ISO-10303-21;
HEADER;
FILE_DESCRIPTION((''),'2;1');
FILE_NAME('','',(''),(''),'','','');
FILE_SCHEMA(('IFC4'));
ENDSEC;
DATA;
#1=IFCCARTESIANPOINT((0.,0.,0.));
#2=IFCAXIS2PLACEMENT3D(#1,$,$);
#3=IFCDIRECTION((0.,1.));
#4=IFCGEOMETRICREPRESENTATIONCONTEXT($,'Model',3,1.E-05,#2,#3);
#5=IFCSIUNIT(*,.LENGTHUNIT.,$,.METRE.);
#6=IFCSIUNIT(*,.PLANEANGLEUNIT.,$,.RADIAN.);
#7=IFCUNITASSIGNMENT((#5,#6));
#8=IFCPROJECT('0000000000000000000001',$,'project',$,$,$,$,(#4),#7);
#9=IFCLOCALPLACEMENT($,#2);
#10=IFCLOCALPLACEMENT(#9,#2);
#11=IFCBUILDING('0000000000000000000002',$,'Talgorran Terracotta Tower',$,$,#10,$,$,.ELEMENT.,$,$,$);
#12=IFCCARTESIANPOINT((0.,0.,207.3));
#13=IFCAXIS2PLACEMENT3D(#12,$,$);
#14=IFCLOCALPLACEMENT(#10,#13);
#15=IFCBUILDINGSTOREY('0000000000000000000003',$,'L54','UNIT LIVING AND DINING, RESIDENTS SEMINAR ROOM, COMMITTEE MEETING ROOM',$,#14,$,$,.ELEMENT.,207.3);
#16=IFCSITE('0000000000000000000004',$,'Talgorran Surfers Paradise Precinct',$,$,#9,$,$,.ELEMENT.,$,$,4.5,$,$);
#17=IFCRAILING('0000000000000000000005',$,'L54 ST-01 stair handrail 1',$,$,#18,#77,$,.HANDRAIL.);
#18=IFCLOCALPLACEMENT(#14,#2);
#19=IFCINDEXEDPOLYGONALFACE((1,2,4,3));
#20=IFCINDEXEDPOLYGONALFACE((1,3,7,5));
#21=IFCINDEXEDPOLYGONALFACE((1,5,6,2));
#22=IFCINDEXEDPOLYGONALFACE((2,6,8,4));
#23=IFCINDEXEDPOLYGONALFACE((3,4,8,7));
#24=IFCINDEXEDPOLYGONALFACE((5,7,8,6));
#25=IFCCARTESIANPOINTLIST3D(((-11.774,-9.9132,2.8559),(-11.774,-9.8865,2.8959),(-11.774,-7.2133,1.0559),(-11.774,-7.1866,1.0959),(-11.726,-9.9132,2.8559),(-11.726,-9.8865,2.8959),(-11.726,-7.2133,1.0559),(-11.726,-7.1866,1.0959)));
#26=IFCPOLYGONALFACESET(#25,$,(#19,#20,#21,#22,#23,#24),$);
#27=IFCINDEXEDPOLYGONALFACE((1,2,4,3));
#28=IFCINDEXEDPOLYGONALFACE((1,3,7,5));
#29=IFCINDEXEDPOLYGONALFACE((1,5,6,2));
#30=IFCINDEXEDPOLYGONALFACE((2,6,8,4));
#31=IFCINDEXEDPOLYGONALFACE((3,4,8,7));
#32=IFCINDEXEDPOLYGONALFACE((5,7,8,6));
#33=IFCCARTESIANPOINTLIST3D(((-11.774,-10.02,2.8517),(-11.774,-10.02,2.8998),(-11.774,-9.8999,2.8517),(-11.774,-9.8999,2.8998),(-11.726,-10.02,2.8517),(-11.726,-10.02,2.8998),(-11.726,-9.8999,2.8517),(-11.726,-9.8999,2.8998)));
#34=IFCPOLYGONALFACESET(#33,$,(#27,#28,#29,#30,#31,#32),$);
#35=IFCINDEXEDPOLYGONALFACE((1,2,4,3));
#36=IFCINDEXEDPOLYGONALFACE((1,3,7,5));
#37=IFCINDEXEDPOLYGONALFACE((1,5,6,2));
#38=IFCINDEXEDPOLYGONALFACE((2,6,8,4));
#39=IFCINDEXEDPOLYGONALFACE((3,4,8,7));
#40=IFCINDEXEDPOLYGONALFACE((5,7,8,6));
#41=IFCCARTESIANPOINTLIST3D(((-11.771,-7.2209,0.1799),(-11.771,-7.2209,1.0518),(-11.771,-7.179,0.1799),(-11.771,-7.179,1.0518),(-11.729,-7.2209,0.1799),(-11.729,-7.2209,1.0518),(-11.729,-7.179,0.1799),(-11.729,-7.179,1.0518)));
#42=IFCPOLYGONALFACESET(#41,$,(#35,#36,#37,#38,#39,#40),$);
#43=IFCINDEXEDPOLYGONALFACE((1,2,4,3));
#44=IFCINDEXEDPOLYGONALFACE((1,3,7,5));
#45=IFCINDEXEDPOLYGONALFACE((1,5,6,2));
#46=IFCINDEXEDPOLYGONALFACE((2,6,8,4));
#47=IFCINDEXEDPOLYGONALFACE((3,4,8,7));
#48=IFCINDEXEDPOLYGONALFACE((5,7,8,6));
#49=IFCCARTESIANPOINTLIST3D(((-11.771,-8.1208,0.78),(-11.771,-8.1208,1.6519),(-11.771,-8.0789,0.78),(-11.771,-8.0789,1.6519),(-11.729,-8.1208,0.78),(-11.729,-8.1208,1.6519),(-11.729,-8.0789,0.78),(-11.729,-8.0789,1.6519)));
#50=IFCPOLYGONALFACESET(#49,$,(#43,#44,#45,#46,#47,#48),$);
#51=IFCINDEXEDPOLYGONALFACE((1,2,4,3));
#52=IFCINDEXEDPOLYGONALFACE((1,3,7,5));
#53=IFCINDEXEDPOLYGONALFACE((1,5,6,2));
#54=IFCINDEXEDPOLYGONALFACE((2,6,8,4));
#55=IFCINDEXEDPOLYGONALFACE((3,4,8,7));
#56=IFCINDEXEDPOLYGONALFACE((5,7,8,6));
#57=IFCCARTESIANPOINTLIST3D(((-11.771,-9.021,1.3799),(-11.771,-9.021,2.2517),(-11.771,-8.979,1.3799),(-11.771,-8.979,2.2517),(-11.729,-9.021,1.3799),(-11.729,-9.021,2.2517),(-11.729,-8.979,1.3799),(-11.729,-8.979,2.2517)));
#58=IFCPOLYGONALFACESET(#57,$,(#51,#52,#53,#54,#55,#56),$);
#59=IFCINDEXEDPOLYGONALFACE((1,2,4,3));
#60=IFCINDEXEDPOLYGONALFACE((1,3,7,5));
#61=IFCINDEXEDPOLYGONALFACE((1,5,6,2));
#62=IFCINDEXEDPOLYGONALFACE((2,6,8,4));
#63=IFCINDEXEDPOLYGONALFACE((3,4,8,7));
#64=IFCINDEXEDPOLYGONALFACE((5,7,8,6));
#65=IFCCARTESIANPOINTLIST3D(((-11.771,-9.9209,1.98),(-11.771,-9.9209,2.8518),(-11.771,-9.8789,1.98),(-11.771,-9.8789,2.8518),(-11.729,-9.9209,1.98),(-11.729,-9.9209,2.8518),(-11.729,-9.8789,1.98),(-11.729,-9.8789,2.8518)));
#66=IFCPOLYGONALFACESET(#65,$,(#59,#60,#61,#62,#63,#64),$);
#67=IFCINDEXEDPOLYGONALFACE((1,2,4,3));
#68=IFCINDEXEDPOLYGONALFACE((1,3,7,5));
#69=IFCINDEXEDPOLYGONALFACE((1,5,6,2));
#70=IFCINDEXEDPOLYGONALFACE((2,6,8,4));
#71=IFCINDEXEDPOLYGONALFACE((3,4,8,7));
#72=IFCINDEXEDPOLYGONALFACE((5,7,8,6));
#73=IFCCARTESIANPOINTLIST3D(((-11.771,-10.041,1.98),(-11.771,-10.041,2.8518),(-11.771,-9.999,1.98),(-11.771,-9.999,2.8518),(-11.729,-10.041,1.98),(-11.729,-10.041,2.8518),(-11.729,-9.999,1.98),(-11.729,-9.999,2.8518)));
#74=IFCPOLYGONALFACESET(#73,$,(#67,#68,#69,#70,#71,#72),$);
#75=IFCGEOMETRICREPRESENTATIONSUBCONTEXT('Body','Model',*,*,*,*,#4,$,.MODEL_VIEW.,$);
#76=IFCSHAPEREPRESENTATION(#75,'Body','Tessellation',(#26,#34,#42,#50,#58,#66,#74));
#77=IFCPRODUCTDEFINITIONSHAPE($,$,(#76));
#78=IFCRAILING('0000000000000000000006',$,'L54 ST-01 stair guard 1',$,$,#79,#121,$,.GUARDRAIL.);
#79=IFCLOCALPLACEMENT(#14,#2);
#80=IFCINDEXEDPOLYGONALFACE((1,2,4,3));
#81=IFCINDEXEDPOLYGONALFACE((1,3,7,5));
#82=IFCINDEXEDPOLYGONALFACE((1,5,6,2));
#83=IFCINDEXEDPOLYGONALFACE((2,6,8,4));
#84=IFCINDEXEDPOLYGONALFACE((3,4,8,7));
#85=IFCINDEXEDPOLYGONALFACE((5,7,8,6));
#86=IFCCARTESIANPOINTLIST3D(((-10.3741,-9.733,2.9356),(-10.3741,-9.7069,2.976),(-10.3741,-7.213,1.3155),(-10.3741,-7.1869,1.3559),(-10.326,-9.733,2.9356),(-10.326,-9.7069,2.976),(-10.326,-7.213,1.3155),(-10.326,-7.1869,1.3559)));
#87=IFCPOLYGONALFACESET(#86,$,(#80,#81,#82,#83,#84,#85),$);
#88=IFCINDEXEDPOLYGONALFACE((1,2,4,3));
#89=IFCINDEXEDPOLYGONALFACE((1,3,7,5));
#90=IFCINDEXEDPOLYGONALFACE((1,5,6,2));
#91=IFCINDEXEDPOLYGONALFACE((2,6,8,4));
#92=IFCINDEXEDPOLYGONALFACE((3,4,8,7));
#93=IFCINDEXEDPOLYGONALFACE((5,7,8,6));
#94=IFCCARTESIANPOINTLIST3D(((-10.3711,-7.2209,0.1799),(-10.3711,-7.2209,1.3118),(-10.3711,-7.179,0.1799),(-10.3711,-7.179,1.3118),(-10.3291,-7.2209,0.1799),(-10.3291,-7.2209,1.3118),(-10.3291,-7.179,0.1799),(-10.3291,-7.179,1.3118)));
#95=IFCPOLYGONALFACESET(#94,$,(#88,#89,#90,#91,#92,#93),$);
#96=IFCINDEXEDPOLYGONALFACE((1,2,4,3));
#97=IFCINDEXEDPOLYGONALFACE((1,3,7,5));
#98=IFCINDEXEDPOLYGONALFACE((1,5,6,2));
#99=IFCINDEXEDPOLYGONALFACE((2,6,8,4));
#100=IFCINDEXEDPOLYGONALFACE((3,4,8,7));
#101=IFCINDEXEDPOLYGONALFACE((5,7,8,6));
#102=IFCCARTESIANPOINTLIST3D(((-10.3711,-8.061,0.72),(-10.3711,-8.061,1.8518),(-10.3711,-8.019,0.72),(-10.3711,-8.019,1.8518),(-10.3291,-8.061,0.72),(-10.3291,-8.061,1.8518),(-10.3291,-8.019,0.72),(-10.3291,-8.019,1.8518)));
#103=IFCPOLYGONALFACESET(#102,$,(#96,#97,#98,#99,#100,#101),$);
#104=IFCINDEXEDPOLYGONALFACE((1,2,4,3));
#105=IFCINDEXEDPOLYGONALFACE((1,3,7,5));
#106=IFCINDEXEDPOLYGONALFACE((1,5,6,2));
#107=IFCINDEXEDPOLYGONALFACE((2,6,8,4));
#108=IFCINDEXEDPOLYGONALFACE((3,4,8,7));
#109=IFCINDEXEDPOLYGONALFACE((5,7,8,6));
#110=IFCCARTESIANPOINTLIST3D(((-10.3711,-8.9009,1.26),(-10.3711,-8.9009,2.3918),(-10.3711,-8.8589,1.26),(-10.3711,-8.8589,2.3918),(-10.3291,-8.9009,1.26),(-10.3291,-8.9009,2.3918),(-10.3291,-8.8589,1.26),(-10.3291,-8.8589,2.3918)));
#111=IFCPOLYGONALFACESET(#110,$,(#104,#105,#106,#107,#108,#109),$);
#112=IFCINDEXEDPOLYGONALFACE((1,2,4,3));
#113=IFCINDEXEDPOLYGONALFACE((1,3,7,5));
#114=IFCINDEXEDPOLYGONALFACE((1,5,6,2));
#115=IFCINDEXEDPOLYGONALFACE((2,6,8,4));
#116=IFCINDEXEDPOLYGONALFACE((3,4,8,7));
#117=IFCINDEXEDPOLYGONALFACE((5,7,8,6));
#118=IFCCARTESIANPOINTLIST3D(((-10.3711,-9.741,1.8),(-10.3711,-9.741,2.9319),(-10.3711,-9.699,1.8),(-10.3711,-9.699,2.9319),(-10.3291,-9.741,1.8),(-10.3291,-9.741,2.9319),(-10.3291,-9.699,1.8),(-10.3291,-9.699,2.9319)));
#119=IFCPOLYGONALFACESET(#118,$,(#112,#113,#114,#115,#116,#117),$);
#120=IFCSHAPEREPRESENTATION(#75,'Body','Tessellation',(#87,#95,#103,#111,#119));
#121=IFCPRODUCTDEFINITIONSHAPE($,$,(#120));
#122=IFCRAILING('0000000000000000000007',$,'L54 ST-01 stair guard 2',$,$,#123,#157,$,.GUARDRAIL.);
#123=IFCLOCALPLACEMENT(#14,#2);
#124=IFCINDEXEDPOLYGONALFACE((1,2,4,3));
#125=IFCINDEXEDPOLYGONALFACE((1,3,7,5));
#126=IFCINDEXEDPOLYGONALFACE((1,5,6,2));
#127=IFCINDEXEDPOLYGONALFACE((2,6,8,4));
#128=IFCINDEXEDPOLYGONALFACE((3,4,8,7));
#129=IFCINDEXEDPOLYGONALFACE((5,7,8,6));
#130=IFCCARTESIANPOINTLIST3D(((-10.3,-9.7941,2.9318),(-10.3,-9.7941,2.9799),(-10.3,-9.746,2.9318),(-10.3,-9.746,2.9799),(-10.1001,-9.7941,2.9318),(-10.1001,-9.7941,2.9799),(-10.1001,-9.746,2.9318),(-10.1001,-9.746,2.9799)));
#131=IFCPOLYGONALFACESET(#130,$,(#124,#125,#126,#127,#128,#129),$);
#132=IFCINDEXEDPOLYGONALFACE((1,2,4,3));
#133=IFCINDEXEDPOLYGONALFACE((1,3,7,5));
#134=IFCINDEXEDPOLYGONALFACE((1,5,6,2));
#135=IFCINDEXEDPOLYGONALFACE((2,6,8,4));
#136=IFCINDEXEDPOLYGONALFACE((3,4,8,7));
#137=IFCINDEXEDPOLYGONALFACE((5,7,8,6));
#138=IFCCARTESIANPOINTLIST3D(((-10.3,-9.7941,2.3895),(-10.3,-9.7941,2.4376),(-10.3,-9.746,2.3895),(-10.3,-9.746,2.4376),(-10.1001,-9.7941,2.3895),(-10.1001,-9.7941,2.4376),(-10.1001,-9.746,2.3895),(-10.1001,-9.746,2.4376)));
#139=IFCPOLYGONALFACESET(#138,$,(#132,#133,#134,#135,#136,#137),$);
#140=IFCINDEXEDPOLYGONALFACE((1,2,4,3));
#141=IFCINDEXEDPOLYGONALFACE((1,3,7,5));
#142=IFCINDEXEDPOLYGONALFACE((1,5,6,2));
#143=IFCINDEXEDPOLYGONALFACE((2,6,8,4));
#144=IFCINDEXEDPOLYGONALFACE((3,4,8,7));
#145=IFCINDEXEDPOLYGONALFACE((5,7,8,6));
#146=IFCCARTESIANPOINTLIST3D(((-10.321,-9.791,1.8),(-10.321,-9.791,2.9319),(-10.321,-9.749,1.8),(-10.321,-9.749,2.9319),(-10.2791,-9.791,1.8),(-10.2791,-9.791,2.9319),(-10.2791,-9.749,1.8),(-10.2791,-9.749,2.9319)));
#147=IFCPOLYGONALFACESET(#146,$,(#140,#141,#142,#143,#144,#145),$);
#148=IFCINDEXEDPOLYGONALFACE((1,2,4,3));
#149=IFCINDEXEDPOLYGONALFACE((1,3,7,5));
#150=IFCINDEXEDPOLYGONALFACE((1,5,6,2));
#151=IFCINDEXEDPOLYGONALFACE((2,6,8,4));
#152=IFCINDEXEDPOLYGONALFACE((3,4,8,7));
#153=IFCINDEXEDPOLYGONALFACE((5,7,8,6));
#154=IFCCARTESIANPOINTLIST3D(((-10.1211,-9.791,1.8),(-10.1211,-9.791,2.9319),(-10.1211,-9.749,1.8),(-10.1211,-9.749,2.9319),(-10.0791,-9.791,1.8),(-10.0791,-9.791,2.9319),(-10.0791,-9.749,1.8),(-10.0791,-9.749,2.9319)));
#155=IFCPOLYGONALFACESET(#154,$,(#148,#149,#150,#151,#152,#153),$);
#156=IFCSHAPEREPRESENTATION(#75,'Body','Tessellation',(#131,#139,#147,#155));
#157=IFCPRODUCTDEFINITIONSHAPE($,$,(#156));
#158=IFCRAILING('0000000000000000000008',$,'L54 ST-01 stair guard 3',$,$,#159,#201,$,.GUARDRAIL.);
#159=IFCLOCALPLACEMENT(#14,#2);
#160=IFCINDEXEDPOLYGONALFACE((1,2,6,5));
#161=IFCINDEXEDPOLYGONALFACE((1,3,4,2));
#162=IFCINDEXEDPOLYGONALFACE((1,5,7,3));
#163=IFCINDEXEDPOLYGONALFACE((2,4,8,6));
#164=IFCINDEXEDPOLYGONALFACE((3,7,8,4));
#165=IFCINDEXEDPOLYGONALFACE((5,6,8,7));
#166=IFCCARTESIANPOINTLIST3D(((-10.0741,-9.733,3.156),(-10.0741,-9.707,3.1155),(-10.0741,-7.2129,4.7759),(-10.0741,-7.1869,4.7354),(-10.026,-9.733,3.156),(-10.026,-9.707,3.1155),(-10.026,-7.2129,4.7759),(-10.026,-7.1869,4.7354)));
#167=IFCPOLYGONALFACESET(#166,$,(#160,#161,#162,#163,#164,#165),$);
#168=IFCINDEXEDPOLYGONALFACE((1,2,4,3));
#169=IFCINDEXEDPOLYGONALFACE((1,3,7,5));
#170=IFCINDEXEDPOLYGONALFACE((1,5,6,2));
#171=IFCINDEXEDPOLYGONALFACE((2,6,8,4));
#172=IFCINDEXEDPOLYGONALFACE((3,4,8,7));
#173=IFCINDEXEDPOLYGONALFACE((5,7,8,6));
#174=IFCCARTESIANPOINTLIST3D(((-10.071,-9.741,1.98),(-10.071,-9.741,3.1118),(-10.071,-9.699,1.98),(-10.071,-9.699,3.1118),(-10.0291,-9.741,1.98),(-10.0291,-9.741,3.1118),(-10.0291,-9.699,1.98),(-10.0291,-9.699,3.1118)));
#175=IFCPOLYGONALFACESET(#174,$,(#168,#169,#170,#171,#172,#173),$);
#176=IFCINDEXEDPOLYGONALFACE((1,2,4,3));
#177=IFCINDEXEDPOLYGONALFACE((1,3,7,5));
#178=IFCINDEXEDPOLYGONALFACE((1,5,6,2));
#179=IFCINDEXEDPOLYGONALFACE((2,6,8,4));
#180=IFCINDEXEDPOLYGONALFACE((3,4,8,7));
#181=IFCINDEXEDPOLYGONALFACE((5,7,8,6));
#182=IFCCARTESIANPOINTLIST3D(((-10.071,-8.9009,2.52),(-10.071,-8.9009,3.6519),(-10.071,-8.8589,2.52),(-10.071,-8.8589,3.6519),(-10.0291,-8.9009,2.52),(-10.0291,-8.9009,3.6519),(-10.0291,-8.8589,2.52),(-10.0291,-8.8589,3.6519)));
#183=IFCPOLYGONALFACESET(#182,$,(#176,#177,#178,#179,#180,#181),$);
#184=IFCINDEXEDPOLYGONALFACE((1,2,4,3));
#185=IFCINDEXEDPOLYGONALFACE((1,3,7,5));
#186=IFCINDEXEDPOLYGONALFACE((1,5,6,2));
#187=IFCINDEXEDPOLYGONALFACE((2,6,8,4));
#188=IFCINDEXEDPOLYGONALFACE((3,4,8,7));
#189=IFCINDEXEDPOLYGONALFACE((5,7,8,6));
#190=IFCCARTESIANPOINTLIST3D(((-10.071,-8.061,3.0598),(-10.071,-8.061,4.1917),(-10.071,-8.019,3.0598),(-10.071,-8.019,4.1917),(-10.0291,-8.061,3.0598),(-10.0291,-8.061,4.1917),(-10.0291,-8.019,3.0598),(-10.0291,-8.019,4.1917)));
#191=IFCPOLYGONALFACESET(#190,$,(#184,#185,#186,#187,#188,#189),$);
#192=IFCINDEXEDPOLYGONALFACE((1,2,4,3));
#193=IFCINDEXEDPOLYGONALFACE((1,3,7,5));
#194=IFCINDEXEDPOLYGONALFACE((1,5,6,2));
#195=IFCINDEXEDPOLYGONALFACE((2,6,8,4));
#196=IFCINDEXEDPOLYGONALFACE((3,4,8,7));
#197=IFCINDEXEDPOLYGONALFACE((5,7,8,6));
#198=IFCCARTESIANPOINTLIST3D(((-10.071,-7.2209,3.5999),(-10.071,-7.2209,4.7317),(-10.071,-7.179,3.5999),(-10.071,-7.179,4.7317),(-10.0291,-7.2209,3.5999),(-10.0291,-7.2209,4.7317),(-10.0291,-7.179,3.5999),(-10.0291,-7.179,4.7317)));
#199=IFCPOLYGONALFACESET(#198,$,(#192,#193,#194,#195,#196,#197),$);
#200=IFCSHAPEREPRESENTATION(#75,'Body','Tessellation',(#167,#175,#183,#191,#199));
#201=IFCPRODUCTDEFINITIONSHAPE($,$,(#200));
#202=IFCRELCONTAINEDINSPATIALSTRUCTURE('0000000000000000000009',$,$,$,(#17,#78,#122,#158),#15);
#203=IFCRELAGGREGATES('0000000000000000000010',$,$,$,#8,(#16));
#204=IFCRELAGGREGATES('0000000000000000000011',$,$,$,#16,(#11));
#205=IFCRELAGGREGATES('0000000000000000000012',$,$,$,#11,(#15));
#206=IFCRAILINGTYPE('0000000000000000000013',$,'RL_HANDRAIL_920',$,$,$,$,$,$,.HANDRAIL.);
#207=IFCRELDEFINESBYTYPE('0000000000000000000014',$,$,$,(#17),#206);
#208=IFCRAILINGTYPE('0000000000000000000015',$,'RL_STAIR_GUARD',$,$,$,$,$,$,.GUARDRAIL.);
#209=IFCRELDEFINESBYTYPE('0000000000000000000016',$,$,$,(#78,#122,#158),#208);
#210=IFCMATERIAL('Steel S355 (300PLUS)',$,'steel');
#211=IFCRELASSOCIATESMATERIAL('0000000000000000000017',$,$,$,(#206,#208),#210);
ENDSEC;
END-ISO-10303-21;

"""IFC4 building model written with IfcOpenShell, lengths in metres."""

from ifc_helpers import new_model, si_unit, direction, frame, origin, origin_2d, place, context, subcontext, project, spatial, rectangle, extrude, material, type_object, element, save


model = new_model("IFC4")

# Units and contexts
model_context = context("Model", 3, precision=1e-05, world=origin(), true_north=direction((0.0, 1.0)))
body_context = subcontext(model_context, "Body", "Model", "MODEL_VIEW")
ifc_project = project(units=[si_unit("LENGTHUNIT", "METRE"), si_unit("PLANEANGLEUNIT", "RADIAN")], contexts=[model_context])

# Site, building, storey
site_placement = place(None, origin())
site = spatial("IfcSite", under=ifc_project, at=site_placement, Name="Talgorran Surfers Paradise Precinct", CompositionType="ELEMENT", RefElevation=4.5)
building_placement = place(site_placement, origin())
building = spatial("IfcBuilding", under=site, at=building_placement, Name="Talgorran Terracotta Tower", CompositionType="ELEMENT")
storey_placement = place(building_placement, frame((0.0, 0.0, 207.3)))
storey = spatial("IfcBuildingStorey", under=building, at=storey_placement, Name="L54", Description="UNIT LIVING AND DINING, RESIDENTS SEMINAR ROOM, COMMITTEE MEETING ROOM", CompositionType="ELEMENT", Elevation=207.3)

# Shared definitions
ifc_material_1 = material(Name="Steel S355 (300PLUS)", Category="steel")

# Railings
railing_type_1 = type_object("IfcRailingType", Name="RL_HANDRAIL_920", PredefinedType="HANDRAIL", material=ifc_material_1)
railing_1_placement = place(storey_placement, frame((-11.75, -7.2, 0.1799)))
element("IfcRailing", 1, at=railing_1_placement, inside=storey, type_object=railing_type_1, Name="L54 ST-01 stair handrail 1", PredefinedType="HANDRAIL", context=body_context, shape_type="SweptSolid", body=[
    extrude(rectangle(XDim=0.0481, YDim=0.0481, at=origin_2d()), frame((0.0, 0.0, 0.896), z_axis=(0.0, -0.832039, 0.554718), x_axis=(1.0, 0.0, 0.0)), (0.0, 0.0, 1.0), 3.2449),
    extrude(rectangle(XDim=0.0481, YDim=0.0481, at=origin_2d()), frame((0.0, -2.7, 2.6958), z_axis=(0.0, -1.0, 0.0), x_axis=(1.0, 0.0, 0.0)), (0.0, 0.0, 1.0), 0.1201),
    extrude(rectangle(XDim=0.042, YDim=0.042, at=origin_2d()), origin(), (0.0, 0.0, 1.0), 0.8718),
    extrude(rectangle(XDim=0.042, YDim=0.042, at=origin_2d()), frame((0.0, -0.8999, 0.6001)), (0.0, 0.0, 1.0), 0.8718),
    extrude(rectangle(XDim=0.042, YDim=0.042, at=origin_2d()), frame((0.0, -1.8, 1.2)), (0.0, 0.0, 1.0), 0.8718),
    extrude(rectangle(XDim=0.042, YDim=0.042, at=origin_2d()), frame((0.0, -2.7, 1.8)), (0.0, 0.0, 1.0), 0.8718),
    extrude(rectangle(XDim=0.042, YDim=0.042, at=origin_2d()), frame((0.0, -2.8201, 1.8)), (0.0, 0.0, 1.0), 0.8718),
])
railing_type_2 = type_object("IfcRailingType", Name="RL_STAIR_GUARD", PredefinedType="GUARDRAIL", material=ifc_material_1)
railing_2_placement = place(storey_placement, frame((-10.3501, -7.2, 0.1799)))
element("IfcRailing", 2, at=railing_2_placement, inside=storey, type_object=railing_type_2, Name="L54 ST-01 stair guard 1", PredefinedType="GUARDRAIL", context=body_context, shape_type="SweptSolid", body=[
    extrude(rectangle(XDim=0.0481, YDim=0.0481, at=origin_2d()), frame((0.0, 0.0, 1.1558), z_axis=(0.0, -0.841163, 0.540782), x_axis=(1.0, 0.0, 0.0)), (0.0, 0.0, 1.0), 2.9958),
    extrude(rectangle(XDim=0.042, YDim=0.042, at=origin_2d()), origin(), (0.0, 0.0, 1.0), 1.1318),
    extrude(rectangle(XDim=0.042, YDim=0.042, at=origin_2d()), frame((0.0, -0.8401, 0.54)), (0.0, 0.0, 1.0), 1.1318),
    extrude(rectangle(XDim=0.042, YDim=0.042, at=origin_2d()), frame((0.0, -1.6799, 1.0801)), (0.0, 0.0, 1.0), 1.1318),
    extrude(rectangle(XDim=0.042, YDim=0.042, at=origin_2d()), frame((0.0, -2.52, 1.6201)), (0.0, 0.0, 1.0), 1.1318),
])
railing_3_placement = place(storey_placement, frame((-10.3, -9.77, 1.8)))
element("IfcRailing", 3, at=railing_3_placement, inside=storey, type_object=railing_type_2, Name="L54 ST-01 stair guard 2", PredefinedType="GUARDRAIL", context=body_context, shape_type="SweptSolid", body=[
    extrude(rectangle(XDim=0.0481, YDim=0.0481, at=origin_2d()), frame((0.0, 0.0, 1.1558), z_axis=(1.0, 0.0, 0.0), x_axis=(0.0, 1.0, 0.0)), (0.0, 0.0, 1.0), 0.2),
    extrude(rectangle(XDim=0.0481, YDim=0.0481, at=origin_2d()), frame((0.0, 0.0, 0.6135), z_axis=(1.0, 0.0, 0.0), x_axis=(0.0, 1.0, 0.0)), (0.0, 0.0, 1.0), 0.2),
    extrude(rectangle(XDim=0.042, YDim=0.042, at=origin_2d()), origin(), (0.0, 0.0, 1.0), 1.1318),
    extrude(rectangle(XDim=0.042, YDim=0.042, at=origin_2d()), frame((0.2, 0.0, 0.0)), (0.0, 0.0, 1.0), 1.1318),
])
railing_4_placement = place(storey_placement, frame((-10.05, -9.72, 1.98)))
element("IfcRailing", 4, at=railing_4_placement, inside=storey, type_object=railing_type_2, Name="L54 ST-01 stair guard 3", PredefinedType="GUARDRAIL", context=body_context, shape_type="SweptSolid", body=[
    extrude(rectangle(XDim=0.0481, YDim=0.0481, at=origin_2d()), frame((0.0, 0.0, 1.1558), z_axis=(0.0, 0.8412, 0.540725), x_axis=(-1.0, 0.0, 0.0)), (0.0, 0.0, 1.0), 2.9958),
    extrude(rectangle(XDim=0.042, YDim=0.042, at=origin_2d()), origin(), (0.0, 0.0, 1.0), 1.1318),
    extrude(rectangle(XDim=0.042, YDim=0.042, at=origin_2d()), frame((0.0, 0.8401, 0.54)), (0.0, 0.0, 1.0), 1.1318),
    extrude(rectangle(XDim=0.042, YDim=0.042, at=origin_2d()), frame((0.0, 1.6799, 1.0798)), (0.0, 0.0, 1.0), 1.1318),
    extrude(rectangle(XDim=0.042, YDim=0.042, at=origin_2d()), frame((0.0, 2.52, 1.6199)), (0.0, 0.0, 1.0), 1.1318),
])

save(model, "model.ifc")
